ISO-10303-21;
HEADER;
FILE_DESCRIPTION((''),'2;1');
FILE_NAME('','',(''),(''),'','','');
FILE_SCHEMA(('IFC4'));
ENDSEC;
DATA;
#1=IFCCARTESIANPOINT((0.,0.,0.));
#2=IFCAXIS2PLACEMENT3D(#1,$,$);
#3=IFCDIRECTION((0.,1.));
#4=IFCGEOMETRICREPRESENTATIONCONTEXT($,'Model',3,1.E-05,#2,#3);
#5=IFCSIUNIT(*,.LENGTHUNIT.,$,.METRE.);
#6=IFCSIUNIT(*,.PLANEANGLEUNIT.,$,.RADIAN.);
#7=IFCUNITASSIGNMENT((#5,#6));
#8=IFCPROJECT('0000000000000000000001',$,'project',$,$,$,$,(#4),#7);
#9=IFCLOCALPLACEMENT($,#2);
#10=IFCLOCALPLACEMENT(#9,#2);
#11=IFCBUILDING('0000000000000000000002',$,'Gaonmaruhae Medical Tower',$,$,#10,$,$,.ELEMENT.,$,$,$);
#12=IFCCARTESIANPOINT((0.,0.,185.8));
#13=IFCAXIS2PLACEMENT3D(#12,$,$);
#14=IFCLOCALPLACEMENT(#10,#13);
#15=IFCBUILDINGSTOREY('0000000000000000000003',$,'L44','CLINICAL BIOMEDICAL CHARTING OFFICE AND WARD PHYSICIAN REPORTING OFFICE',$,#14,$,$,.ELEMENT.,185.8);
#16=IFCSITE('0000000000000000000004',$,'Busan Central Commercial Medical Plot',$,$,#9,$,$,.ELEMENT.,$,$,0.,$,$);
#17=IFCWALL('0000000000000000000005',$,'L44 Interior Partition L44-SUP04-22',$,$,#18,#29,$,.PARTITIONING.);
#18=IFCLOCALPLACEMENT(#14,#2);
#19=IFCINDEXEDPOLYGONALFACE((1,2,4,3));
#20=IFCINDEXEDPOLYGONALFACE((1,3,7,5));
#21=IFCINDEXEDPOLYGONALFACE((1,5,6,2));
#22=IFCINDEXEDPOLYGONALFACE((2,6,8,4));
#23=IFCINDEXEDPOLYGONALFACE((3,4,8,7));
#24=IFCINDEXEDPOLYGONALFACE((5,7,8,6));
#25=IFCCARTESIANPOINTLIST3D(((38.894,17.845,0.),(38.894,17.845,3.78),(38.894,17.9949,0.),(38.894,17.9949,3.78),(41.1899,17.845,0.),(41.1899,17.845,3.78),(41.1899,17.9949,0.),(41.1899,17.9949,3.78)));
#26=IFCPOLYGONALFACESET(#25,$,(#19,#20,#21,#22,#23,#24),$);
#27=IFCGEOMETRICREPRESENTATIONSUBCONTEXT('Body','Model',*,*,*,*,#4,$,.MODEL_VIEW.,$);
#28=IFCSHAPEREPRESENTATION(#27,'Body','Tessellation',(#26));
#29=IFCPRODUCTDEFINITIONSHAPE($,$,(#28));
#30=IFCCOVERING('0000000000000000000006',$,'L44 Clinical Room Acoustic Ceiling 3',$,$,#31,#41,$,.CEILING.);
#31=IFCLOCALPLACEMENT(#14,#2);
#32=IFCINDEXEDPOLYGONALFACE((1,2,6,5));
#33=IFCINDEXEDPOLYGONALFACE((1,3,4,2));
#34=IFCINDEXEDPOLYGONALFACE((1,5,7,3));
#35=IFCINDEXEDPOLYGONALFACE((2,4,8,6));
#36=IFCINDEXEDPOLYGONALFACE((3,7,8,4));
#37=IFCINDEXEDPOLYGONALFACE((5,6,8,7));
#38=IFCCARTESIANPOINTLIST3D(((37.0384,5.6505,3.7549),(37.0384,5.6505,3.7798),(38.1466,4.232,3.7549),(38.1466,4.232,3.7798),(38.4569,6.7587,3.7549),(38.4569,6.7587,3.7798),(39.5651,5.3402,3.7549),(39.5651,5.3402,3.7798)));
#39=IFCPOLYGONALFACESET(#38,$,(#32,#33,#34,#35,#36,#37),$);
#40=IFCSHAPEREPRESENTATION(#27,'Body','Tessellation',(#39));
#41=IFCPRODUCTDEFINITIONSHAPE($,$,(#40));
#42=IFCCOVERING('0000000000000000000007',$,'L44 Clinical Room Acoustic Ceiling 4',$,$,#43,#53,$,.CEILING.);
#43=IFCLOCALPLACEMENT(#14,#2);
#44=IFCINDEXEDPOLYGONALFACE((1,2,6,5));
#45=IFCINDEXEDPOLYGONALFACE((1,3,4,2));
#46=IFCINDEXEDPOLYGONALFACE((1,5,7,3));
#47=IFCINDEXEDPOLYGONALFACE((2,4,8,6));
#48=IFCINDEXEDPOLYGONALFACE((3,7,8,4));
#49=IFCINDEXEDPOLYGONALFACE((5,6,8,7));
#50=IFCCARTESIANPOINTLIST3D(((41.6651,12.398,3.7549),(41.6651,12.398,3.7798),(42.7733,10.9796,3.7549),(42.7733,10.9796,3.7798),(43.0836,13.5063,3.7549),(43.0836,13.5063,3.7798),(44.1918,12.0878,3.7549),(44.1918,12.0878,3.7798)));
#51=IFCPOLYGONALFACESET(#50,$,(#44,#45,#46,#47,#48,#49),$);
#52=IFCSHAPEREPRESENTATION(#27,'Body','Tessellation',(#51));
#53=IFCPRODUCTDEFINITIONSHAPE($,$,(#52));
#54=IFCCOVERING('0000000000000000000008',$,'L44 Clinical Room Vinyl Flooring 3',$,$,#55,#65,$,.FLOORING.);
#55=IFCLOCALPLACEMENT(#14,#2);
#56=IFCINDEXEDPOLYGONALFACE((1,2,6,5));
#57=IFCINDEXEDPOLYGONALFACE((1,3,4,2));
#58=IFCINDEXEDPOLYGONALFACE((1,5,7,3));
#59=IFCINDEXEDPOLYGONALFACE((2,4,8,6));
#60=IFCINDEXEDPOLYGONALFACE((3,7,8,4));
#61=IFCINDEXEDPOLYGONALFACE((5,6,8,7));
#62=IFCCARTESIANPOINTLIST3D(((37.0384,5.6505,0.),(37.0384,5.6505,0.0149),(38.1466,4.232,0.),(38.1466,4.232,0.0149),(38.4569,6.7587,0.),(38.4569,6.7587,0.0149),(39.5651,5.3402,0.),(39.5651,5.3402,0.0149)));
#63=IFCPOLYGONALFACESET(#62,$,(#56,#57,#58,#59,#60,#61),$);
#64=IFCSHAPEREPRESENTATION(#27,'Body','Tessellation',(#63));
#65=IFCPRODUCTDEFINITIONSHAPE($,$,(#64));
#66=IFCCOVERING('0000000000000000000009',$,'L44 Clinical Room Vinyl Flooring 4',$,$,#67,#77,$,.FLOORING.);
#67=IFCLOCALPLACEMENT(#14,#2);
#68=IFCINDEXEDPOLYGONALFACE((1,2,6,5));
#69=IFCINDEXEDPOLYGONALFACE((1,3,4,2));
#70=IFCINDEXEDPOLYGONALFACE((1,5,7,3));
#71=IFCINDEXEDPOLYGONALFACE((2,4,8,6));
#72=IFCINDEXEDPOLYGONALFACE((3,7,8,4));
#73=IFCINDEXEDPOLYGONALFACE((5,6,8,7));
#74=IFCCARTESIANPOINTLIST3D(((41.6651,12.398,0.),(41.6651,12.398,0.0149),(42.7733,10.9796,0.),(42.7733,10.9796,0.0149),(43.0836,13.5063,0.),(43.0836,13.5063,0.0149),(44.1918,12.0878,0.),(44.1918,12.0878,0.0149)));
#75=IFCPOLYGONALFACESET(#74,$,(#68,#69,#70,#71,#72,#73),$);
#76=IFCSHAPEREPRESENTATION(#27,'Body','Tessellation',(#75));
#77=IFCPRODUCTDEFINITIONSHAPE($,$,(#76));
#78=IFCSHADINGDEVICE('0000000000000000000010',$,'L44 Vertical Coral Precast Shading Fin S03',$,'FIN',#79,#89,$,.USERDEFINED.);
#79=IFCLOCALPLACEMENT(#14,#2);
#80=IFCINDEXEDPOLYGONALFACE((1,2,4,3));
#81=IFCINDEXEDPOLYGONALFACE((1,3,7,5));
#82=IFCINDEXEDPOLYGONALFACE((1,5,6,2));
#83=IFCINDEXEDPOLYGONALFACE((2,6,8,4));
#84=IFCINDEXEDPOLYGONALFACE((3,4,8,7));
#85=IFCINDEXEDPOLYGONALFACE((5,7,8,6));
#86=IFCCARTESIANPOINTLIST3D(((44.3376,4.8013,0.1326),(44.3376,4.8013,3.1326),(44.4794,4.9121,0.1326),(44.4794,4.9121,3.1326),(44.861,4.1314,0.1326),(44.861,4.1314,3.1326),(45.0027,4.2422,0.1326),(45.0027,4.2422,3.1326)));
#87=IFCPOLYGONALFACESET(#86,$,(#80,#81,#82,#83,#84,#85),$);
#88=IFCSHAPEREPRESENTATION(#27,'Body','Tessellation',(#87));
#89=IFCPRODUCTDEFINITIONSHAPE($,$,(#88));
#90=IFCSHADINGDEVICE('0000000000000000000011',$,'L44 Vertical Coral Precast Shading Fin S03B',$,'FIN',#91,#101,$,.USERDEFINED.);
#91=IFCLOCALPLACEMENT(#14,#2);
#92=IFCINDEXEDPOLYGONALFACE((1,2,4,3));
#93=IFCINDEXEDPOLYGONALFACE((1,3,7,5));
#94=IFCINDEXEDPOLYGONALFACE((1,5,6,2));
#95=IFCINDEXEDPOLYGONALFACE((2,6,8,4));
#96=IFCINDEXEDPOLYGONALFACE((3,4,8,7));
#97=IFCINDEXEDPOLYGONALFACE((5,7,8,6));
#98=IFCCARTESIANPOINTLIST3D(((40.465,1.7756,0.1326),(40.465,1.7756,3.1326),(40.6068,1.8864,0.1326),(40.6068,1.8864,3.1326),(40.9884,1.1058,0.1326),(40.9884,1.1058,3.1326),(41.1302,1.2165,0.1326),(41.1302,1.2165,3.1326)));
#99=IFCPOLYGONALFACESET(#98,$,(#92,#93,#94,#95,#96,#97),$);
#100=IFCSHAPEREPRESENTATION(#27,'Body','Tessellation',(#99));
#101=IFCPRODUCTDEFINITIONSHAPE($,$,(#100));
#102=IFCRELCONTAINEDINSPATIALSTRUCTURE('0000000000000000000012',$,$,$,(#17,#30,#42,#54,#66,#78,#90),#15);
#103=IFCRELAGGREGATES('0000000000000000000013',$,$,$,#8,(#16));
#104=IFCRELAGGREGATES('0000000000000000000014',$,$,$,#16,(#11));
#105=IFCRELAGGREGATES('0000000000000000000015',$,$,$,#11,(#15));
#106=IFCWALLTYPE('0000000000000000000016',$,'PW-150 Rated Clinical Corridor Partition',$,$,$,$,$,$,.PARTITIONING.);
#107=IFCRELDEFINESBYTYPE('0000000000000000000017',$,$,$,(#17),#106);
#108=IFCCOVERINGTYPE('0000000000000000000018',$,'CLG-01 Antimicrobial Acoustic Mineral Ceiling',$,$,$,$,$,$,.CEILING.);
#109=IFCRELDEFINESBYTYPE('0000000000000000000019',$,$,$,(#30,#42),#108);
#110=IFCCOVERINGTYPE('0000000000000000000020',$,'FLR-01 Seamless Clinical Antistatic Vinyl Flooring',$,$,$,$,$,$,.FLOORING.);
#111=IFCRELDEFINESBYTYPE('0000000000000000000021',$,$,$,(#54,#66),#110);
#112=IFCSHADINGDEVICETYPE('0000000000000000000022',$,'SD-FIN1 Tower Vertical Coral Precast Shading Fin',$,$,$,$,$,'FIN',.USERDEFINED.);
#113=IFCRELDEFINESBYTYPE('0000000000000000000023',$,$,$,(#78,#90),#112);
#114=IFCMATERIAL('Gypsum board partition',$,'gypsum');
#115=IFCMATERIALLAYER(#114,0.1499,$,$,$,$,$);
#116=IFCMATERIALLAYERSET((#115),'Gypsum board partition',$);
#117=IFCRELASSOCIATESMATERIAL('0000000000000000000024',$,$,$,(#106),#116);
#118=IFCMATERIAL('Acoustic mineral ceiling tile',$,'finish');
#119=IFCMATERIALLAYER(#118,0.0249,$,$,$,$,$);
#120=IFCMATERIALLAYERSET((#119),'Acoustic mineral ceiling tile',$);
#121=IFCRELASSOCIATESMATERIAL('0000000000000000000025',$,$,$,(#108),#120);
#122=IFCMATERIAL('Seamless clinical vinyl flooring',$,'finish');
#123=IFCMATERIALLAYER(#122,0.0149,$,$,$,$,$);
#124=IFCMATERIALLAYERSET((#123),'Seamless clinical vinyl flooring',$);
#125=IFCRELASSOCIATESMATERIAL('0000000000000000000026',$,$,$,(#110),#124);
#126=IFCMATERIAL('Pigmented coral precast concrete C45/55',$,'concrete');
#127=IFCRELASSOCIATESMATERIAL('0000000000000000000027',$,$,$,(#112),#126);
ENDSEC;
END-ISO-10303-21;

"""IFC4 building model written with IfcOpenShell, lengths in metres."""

from ifc_helpers import new_model, si_unit, direction, frame, frame_2d, origin, origin_2d, place, context, subcontext, project, spatial, rectangle, extrude, material, layer, layer_set, type_object, element, save


model = new_model("IFC4")

# Units and contexts
model_context = context("Model", 3, precision=1e-05, world=origin(), true_north=direction((0.0, 1.0)))
body_context = subcontext(model_context, "Body", "Model", "MODEL_VIEW")
ifc_project = project(units=[si_unit("LENGTHUNIT", "METRE"), si_unit("PLANEANGLEUNIT", "RADIAN")], contexts=[model_context])

# Site, building, storey
site_placement = place(None, origin())
site = spatial("IfcSite", under=ifc_project, at=site_placement, Name="Busan Central Commercial Medical Plot", CompositionType="ELEMENT", RefElevation=0.0)
building_placement = place(site_placement, origin())
building = spatial("IfcBuilding", under=site, at=building_placement, Name="Gaonmaruhae Medical Tower", CompositionType="ELEMENT")
storey_placement = place(building_placement, frame((0.0, 0.0, 185.8)))
storey = spatial("IfcBuildingStorey", under=building, at=storey_placement, Name="L44", Description="CLINICAL BIOMEDICAL CHARTING OFFICE AND WARD PHYSICIAN REPORTING OFFICE", CompositionType="ELEMENT", Elevation=185.8)

# Shared definitions
ifc_material_1 = material(Name="Gypsum board partition", Category="gypsum")
ifc_layer_1 = layer(ifc_material_1, 0.1499)
ifc_layer_set_1 = layer_set([ifc_layer_1], Name="Gypsum board partition")
wall_type_1 = type_object("IfcWallType", Name="PW-150 Rated Clinical Corridor Partition", PredefinedType="PARTITIONING", material=ifc_layer_set_1)

# Wall
wall_1_placement = place(storey_placement, frame((38.894, 17.9199, 0.0), z_axis=(0.0, 0.0, 1.0), x_axis=(1.0, 0.0, 0.0)))
element("IfcWall", 1, at=wall_1_placement, inside=storey, type_object=wall_type_1, Name="L44 Interior Partition L44-SUP04-22", PredefinedType="PARTITIONING", context=body_context, shape_type="SweptSolid", body=[
    extrude(rectangle(XDim=2.2959, YDim=0.1499, at=frame_2d((1.1479, 0.0))), origin(), (0.0, 0.0, 1.0), 3.78),
])

# Coverings
ifc_material_2 = material(Name="Acoustic mineral ceiling tile", Category="finish")
ifc_layer_2 = layer(ifc_material_2, 0.0249)
ifc_layer_set_2 = layer_set([ifc_layer_2], Name="Acoustic mineral ceiling tile")
covering_type_1 = type_object("IfcCoveringType", Name="CLG-01 Antimicrobial Acoustic Mineral Ceiling", PredefinedType="CEILING", material=ifc_layer_set_2)
for number, where, z_axis, x_axis, name in (
    (2, (38.3018, 5.4954, 3.7549), (0.0, 0.0, 1.0), (0.788011, 0.615661, 0.0), "L44 Clinical Room Acoustic Ceiling 3"),
    (3, (42.9285, 12.2429, 3.7549), (0.0, 0.0, 1.0), (0.788011, 0.615661, 0.0), "L44 Clinical Room Acoustic Ceiling 4"),
):
    element("IfcCovering", number, at=place(storey_placement, frame(where, z_axis=z_axis, x_axis=x_axis)), inside=storey, type_object=covering_type_1, Name=name, PredefinedType="CEILING", context=body_context, shape_type="SweptSolid", body=[
        extrude(rectangle(XDim=1.8, YDim=1.8, at=origin_2d()), origin(), (0.0, 0.0, 1.0), 0.0249),
    ])
ifc_material_3 = material(Name="Seamless clinical vinyl flooring", Category="finish")
ifc_layer_3 = layer(ifc_material_3, 0.0149)
ifc_layer_set_3 = layer_set([ifc_layer_3], Name="Seamless clinical vinyl flooring")
covering_type_2 = type_object("IfcCoveringType", Name="FLR-01 Seamless Clinical Antistatic Vinyl Flooring", PredefinedType="FLOORING", material=ifc_layer_set_3)
for number, where, z_axis, x_axis, name in (
    (4, (38.3018, 5.4954, 0.0), (0.0, 0.0, 1.0), (0.788011, 0.615661, 0.0), "L44 Clinical Room Vinyl Flooring 3"),
    (5, (42.9285, 12.2429, 0.0), (0.0, 0.0, 1.0), (0.788011, 0.615661, 0.0), "L44 Clinical Room Vinyl Flooring 4"),
):
    element("IfcCovering", number, at=place(storey_placement, frame(where, z_axis=z_axis, x_axis=x_axis)), inside=storey, type_object=covering_type_2, Name=name, PredefinedType="FLOORING", context=body_context, shape_type="SweptSolid", body=[
        extrude(rectangle(XDim=1.8, YDim=1.8, at=origin_2d()), origin(), (0.0, 0.0, 1.0), 0.0149),
    ])

# Shading devices
ifc_material_4 = material(Name="Pigmented coral precast concrete C45/55", Category="concrete")
shading_device_type = type_object("IfcShadingDeviceType", Name="SD-FIN1 Tower Vertical Coral Precast Shading Fin", ElementType="FIN", PredefinedType="USERDEFINED", material=ifc_material_4)
for number, where, z_axis, x_axis, name in (
    (6, (44.6702, 4.5217, 0.1326), (0.0, 0.0, 1.0), (-0.788011, -0.615661, 0.0), "L44 Vertical Coral Precast Shading Fin S03"),
    (7, (40.7976, 1.4961, 0.1326), (0.0, 0.0, 1.0), (-0.788011, -0.615661, 0.0), "L44 Vertical Coral Precast Shading Fin S03B"),
):
    element("IfcShadingDevice", number, at=place(storey_placement, frame(where, z_axis=z_axis, x_axis=x_axis)), inside=storey, type_object=shading_device_type, Name=name, ObjectType="FIN", PredefinedType="USERDEFINED", context=body_context, shape_type="SweptSolid", body=[
        extrude(rectangle(XDim=0.1799, YDim=0.8501, at=origin_2d()), origin(), (0.0, 0.0, 1.0), 3.0),
    ])

save(model, "model.ifc")
